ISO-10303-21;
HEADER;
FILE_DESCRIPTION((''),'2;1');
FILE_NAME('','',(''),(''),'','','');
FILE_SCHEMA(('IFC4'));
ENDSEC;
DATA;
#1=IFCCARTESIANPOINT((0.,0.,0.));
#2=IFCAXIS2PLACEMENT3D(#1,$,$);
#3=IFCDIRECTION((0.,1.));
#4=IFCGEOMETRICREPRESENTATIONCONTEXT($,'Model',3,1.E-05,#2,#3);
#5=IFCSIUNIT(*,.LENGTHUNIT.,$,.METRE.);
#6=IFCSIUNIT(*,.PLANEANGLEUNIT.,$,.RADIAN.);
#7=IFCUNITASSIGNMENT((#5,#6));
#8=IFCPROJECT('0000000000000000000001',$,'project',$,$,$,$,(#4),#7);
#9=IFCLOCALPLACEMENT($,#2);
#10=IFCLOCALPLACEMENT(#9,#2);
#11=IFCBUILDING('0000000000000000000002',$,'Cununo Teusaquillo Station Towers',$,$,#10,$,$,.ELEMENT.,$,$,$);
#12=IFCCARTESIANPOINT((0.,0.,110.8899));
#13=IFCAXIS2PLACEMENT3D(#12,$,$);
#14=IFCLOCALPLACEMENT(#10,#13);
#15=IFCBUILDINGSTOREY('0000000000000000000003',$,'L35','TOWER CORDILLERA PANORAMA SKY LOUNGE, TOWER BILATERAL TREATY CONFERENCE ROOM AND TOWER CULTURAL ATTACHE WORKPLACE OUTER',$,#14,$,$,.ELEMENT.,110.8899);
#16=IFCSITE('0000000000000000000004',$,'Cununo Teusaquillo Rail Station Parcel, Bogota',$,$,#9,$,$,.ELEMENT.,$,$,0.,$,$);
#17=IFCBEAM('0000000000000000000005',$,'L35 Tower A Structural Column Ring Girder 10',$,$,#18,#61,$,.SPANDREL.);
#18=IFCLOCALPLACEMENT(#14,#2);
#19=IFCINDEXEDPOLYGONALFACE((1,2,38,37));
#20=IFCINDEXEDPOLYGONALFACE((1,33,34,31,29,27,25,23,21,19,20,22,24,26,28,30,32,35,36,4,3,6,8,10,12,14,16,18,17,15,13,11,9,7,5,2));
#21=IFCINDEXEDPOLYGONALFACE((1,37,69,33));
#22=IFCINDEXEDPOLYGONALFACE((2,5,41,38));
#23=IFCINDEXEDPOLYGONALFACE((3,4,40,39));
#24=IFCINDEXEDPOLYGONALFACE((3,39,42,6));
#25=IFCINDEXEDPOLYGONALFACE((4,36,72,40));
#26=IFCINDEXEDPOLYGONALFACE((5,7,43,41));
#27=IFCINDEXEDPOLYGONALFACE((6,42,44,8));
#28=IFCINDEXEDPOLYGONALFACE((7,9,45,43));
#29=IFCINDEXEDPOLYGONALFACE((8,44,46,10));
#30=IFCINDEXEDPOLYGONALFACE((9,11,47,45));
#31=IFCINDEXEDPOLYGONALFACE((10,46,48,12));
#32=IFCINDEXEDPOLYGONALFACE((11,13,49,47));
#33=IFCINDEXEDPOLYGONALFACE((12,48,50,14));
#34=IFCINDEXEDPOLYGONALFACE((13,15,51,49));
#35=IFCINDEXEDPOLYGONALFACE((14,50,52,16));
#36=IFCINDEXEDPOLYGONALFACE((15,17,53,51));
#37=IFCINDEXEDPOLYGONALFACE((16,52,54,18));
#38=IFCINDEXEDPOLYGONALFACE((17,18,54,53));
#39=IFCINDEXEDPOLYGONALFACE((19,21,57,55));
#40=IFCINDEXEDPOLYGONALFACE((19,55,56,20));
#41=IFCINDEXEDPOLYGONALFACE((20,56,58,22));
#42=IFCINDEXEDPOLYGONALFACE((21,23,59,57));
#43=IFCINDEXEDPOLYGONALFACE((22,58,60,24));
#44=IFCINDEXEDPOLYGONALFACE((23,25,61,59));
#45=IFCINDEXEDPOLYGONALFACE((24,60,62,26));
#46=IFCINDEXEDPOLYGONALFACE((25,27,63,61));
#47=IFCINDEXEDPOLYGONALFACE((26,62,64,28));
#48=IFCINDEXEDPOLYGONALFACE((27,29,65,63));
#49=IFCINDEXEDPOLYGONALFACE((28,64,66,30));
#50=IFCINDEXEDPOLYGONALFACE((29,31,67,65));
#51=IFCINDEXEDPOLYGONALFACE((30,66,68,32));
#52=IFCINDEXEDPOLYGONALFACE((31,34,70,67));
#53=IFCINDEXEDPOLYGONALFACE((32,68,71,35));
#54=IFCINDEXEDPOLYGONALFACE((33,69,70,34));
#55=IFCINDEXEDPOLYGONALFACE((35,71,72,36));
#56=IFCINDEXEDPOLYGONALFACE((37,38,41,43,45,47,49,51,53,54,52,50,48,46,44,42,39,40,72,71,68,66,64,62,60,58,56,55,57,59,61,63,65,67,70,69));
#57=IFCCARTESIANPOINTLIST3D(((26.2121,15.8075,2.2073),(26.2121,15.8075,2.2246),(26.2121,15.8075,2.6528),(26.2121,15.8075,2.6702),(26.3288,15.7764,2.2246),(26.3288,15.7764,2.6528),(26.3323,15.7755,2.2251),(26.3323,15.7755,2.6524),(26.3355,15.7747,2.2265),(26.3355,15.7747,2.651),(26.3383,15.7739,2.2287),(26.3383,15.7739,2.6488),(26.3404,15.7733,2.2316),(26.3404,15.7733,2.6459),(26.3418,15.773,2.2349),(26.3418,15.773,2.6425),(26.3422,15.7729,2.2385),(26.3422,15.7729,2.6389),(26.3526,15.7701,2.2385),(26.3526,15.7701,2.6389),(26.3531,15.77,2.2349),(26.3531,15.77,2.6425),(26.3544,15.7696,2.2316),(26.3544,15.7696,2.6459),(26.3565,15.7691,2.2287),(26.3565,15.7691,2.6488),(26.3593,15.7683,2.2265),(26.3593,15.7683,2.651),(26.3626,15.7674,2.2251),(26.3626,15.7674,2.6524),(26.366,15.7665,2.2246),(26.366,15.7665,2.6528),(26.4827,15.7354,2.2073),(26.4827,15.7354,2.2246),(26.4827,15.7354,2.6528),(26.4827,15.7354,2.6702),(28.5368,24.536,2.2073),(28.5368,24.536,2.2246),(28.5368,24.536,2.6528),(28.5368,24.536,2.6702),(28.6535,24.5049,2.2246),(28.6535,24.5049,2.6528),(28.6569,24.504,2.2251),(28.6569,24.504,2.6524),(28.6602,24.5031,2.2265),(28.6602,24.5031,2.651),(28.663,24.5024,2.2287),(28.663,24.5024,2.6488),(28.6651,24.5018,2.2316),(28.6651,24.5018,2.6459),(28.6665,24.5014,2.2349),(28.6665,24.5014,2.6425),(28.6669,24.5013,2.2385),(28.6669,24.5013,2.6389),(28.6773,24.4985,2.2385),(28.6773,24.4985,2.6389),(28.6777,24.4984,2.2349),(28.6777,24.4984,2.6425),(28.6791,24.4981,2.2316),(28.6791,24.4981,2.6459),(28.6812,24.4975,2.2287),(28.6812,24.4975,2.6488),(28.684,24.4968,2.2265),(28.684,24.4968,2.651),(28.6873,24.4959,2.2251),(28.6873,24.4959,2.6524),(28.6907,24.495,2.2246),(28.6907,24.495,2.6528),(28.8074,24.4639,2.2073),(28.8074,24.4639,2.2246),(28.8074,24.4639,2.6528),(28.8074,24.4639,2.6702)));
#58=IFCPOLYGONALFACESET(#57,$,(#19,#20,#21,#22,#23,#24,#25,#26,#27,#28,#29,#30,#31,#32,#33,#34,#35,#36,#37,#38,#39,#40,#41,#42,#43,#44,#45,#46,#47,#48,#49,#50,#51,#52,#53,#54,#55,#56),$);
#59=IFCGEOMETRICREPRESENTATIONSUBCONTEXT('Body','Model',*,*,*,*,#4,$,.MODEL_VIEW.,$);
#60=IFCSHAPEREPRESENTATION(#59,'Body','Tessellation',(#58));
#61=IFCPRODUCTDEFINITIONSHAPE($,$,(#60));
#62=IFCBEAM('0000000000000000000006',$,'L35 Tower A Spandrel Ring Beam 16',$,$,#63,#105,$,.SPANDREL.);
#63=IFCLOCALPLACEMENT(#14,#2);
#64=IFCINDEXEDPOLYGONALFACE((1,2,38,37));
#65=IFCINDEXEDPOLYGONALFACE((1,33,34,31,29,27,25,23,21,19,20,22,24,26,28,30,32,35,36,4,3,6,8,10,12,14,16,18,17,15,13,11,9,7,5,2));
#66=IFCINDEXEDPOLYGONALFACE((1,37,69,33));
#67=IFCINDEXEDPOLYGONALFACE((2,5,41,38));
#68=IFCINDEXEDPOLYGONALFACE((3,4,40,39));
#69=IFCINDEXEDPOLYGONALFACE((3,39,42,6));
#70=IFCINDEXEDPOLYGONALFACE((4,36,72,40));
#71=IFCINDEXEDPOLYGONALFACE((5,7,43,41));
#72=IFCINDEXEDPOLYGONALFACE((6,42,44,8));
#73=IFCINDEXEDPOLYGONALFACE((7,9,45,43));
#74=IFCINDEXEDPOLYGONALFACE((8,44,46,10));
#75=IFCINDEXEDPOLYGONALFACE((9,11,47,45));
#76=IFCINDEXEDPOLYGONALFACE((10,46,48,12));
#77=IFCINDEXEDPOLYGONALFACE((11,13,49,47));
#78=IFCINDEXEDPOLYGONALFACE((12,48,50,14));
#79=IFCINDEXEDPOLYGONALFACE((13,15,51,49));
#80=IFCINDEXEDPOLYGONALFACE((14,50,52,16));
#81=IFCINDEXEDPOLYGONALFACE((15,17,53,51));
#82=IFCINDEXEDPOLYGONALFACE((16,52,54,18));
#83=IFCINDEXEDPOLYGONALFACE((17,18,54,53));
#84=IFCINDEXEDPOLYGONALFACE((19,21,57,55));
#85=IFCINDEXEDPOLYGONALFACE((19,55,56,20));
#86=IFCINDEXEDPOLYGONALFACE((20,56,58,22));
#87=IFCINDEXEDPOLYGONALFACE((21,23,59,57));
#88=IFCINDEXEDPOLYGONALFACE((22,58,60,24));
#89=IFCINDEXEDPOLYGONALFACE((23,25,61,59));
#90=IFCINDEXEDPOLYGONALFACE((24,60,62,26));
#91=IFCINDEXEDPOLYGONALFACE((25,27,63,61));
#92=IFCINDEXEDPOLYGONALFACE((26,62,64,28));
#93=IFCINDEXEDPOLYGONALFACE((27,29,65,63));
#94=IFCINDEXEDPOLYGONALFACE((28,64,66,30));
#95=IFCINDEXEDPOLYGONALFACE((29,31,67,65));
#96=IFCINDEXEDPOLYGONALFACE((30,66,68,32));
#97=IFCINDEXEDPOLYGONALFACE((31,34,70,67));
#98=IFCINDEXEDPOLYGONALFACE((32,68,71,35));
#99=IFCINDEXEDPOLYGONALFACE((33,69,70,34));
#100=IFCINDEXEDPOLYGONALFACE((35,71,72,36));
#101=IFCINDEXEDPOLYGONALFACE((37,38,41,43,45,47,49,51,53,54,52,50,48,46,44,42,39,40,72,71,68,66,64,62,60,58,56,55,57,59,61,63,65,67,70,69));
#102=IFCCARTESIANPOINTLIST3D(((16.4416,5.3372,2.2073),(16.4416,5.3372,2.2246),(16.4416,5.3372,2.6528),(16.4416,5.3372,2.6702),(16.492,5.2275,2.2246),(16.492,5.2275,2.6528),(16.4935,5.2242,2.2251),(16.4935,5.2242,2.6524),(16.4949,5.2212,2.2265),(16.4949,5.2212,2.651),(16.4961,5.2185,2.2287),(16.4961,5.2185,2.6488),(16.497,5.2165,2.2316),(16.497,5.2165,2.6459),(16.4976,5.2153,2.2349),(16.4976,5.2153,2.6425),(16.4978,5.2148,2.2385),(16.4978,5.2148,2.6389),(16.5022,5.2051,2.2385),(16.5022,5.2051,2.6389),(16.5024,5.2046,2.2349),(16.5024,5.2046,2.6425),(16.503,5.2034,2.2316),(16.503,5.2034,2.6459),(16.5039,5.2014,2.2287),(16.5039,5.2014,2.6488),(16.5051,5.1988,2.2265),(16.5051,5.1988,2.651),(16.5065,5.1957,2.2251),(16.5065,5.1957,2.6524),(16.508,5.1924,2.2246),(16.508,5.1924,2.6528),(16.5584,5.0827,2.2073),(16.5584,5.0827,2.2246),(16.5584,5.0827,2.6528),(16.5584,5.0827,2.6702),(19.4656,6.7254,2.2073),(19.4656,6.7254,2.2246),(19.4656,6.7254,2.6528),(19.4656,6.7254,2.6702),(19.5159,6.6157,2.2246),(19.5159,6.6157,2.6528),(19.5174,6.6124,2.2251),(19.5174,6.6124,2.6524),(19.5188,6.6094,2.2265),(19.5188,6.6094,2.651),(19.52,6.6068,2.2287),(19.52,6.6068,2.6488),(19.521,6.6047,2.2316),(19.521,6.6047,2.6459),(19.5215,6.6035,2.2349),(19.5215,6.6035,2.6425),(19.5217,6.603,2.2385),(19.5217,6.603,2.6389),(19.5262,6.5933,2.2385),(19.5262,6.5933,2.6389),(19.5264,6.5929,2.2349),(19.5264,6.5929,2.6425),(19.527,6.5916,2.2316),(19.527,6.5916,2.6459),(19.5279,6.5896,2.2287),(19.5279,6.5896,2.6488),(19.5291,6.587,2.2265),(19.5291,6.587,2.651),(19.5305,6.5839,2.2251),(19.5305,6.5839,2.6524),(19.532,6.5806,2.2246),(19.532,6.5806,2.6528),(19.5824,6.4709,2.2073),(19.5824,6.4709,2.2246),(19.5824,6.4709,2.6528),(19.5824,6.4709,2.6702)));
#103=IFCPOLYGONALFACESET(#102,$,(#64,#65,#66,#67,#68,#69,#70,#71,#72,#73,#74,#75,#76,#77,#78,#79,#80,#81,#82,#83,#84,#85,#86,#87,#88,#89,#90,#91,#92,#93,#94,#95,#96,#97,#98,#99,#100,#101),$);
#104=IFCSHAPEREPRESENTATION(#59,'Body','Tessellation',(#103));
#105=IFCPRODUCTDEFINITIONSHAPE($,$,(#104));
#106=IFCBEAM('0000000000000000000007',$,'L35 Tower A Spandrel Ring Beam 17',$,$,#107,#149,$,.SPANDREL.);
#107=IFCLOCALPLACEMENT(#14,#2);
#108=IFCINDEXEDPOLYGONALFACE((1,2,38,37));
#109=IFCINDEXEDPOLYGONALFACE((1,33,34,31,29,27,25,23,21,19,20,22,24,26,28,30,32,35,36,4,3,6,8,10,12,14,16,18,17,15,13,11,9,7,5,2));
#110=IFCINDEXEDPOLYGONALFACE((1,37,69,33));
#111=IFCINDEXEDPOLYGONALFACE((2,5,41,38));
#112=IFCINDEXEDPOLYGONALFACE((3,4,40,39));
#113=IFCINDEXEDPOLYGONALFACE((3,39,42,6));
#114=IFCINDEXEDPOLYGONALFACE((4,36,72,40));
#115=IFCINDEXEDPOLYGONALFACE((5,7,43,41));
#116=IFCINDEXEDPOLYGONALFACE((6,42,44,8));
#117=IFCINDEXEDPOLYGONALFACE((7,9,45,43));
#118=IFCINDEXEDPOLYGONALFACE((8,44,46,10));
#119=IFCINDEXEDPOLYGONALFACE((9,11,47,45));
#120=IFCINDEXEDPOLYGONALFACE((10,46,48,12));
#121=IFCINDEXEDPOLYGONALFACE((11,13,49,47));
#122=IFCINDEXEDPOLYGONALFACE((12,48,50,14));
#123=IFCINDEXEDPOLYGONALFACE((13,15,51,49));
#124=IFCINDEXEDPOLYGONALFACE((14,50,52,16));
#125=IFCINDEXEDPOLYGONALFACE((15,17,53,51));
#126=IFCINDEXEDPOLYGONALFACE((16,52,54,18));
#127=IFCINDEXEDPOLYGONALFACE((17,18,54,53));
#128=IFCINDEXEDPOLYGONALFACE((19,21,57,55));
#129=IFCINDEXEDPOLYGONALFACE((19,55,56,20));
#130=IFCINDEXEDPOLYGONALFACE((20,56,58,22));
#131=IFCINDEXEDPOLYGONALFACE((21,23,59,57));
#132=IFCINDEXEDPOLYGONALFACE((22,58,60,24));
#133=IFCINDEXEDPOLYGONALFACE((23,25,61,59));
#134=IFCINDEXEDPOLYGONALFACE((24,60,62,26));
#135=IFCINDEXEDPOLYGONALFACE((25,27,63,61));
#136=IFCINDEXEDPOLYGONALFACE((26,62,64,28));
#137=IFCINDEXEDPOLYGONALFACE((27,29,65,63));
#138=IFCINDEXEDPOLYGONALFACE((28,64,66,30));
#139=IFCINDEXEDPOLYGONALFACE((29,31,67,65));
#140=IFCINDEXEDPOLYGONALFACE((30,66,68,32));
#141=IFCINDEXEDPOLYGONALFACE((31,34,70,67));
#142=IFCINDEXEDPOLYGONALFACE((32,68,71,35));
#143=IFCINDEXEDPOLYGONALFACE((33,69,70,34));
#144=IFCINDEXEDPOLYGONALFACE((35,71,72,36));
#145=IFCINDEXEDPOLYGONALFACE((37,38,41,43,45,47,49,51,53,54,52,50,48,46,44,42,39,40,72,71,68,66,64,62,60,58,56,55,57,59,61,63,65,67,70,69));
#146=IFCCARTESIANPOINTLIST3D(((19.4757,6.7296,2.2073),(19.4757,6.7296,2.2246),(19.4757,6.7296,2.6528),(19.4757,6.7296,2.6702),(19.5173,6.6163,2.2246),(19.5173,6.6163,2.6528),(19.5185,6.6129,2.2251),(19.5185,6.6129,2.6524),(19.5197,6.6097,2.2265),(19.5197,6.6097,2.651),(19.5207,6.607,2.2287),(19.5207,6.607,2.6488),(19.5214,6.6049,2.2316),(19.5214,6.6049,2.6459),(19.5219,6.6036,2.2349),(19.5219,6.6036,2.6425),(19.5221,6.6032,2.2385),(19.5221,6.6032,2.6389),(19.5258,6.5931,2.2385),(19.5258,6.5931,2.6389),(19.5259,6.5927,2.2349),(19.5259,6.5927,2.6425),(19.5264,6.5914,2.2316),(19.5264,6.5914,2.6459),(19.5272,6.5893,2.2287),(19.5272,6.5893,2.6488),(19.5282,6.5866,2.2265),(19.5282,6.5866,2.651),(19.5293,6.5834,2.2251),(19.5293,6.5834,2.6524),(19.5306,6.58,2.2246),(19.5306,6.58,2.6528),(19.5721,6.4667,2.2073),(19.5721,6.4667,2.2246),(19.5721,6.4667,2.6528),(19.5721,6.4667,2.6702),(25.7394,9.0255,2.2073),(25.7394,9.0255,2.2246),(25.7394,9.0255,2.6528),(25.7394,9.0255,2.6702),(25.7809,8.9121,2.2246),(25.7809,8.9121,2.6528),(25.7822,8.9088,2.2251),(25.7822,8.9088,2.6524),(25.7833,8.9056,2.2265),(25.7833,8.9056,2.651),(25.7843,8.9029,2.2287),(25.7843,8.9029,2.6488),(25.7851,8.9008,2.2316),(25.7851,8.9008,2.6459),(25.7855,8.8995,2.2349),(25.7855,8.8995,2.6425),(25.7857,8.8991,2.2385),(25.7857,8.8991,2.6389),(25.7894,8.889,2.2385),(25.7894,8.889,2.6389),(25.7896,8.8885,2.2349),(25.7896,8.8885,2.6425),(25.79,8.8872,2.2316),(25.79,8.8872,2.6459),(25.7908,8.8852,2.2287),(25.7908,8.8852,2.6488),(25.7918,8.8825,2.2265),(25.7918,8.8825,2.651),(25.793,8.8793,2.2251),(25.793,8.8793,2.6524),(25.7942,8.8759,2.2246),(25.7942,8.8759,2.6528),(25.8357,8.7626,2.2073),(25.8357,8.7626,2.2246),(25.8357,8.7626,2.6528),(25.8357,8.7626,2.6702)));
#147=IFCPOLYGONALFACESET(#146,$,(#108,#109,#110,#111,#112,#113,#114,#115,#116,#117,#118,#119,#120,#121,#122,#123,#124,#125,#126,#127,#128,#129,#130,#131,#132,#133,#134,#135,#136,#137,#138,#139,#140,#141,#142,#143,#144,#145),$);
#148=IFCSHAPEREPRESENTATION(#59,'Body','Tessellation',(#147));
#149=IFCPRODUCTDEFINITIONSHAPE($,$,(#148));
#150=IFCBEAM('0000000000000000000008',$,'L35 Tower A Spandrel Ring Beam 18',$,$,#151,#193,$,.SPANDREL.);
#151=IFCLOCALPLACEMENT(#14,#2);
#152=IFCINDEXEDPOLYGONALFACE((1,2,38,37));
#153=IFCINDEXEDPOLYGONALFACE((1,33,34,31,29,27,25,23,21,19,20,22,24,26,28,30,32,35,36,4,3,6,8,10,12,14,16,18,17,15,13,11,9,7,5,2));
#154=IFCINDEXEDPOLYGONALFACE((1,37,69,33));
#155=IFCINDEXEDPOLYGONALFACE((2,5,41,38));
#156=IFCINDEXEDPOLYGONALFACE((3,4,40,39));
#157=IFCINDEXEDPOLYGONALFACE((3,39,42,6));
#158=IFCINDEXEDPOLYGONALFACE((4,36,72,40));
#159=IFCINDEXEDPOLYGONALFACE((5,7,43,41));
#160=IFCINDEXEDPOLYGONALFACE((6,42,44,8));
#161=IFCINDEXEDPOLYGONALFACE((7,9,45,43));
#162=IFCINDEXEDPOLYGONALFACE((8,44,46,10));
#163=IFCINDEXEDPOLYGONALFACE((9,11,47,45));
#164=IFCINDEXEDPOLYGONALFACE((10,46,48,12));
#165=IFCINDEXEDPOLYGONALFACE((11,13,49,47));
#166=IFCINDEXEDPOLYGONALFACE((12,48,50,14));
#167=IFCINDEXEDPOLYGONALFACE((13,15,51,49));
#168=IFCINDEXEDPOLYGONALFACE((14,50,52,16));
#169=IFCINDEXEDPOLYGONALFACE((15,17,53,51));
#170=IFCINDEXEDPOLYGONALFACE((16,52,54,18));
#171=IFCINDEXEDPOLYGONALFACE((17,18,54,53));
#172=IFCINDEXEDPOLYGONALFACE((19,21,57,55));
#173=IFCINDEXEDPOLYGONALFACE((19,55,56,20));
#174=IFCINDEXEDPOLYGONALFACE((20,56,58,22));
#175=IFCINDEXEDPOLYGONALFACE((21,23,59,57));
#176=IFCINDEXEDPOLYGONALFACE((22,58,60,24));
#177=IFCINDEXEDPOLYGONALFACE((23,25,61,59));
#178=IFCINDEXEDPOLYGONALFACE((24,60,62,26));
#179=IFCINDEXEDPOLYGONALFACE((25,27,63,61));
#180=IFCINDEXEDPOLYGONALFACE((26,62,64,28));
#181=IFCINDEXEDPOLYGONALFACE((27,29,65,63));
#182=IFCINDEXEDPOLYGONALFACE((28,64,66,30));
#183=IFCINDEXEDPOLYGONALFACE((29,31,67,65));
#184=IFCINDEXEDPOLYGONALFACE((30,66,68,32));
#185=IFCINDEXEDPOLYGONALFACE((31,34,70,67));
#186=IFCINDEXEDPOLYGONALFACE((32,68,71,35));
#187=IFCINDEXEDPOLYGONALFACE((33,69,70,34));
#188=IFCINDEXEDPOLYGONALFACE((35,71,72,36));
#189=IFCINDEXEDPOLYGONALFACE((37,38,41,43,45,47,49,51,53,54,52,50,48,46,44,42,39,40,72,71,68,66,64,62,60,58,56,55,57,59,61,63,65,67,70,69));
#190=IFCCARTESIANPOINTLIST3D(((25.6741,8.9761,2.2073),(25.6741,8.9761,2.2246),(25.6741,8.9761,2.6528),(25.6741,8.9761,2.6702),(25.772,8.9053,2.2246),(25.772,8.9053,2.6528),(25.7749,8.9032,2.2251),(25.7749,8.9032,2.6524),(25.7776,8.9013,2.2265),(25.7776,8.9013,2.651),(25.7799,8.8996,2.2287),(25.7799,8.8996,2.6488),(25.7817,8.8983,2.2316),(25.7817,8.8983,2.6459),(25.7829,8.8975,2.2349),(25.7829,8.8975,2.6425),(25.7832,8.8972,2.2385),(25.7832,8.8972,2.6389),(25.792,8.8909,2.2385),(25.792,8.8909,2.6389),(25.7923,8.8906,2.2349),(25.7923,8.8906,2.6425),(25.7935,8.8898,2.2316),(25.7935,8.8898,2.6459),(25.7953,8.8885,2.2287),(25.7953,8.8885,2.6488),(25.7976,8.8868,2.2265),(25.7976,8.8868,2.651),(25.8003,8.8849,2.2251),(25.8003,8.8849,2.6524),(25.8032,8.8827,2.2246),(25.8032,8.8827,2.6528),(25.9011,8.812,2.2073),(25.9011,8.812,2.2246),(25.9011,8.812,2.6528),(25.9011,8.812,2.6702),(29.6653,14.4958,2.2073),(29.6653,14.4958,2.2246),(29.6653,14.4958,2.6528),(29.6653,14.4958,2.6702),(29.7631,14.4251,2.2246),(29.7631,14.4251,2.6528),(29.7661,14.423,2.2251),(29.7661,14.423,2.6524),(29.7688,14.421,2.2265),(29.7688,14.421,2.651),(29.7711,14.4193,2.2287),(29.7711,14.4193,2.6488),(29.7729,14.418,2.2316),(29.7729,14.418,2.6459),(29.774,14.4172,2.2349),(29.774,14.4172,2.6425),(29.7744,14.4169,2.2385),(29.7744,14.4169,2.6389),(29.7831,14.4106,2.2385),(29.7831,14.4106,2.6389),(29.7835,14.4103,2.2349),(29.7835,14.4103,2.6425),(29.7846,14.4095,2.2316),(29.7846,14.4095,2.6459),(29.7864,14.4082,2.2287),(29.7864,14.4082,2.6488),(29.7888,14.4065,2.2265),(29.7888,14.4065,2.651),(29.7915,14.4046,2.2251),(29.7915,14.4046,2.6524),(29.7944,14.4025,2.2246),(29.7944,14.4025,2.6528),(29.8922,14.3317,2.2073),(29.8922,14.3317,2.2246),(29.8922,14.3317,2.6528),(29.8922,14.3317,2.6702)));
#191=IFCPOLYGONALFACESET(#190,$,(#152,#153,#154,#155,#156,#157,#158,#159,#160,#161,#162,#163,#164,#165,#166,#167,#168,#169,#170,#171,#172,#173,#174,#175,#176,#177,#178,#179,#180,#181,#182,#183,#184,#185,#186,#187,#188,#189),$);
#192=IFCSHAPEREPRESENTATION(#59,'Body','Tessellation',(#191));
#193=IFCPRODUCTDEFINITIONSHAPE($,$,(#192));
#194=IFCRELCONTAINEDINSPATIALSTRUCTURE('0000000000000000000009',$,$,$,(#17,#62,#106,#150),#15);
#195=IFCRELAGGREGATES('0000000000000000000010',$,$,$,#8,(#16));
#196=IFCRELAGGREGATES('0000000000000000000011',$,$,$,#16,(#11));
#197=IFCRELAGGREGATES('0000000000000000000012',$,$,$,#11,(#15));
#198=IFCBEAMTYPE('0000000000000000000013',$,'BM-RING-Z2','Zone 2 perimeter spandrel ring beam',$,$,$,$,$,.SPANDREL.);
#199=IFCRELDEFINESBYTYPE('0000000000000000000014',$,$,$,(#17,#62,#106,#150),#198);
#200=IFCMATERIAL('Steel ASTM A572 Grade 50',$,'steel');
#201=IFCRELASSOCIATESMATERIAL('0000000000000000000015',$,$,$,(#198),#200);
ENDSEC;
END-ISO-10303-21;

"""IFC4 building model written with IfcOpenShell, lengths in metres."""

from ifc_helpers import new_model, si_unit, direction, frame, origin, origin_2d, place, context, subcontext, project, spatial, i_section, extrude, material, material_profile, profile_set, type_object, element, save


model = new_model("IFC4")

# Units and contexts
model_context = context("Model", 3, precision=1e-05, world=origin(), true_north=direction((0.0, 1.0)))
body_context = subcontext(model_context, "Body", "Model", "MODEL_VIEW")
ifc_project = project(units=[si_unit("LENGTHUNIT", "METRE"), si_unit("PLANEANGLEUNIT", "RADIAN")], contexts=[model_context])

# Site, building, storey
site_placement = place(None, origin())
site = spatial("IfcSite", under=ifc_project, at=site_placement, Name="Cununo Teusaquillo Rail Station Parcel, Bogota", CompositionType="ELEMENT", RefElevation=0.0)
building_placement = place(site_placement, origin())
building = spatial("IfcBuilding", under=site, at=building_placement, Name="Cununo Teusaquillo Station Towers", CompositionType="ELEMENT")
storey_placement = place(building_placement, frame((0.0, 0.0, 110.8899)))
storey = spatial("IfcBuildingStorey", under=building, at=storey_placement, Name="L35", Description="TOWER CORDILLERA PANORAMA SKY LOUNGE, TOWER BILATERAL TREATY CONFERENCE ROOM AND TOWER CULTURAL ATTACHE WORKPLACE OUTER", CompositionType="ELEMENT", Elevation=110.8899)

# Beams
ifc_material_1 = material(Name="Steel ASTM A572 Grade 50", Category="steel")
ifc_material_profile_1 = material_profile(ifc_material_1, i_section(OverallWidth=0.28, OverallDepth=0.4629, WebThickness=0.0107, FlangeThickness=0.0173, FilletRadius=0.0139, at=origin_2d()), Name="W18X76")
ifc_profile_set_1 = profile_set([ifc_material_profile_1], Name="Steel ASTM A572 Grade 50")
beam_type_1 = type_object("IfcBeamType", Name="BM-RING-Z2", Description="Zone 2 perimeter spandrel ring beam", PredefinedType="SPANDREL", material=ifc_profile_set_1)
beam_1_placement = place(storey_placement, frame((26.3474, 15.7715, 2.4387), z_axis=(0.257363, 0.966315, 0.0), x_axis=(-0.966315, 0.257363, 0.0)))
element("IfcBeam", 1, at=beam_1_placement, inside=storey, type_object=beam_type_1, Name="L35 Tower A Structural Column Ring Girder 10", PredefinedType="SPANDREL", context=body_context, shape_type="SweptSolid", body=[
    extrude(i_section(OverallWidth=0.28, OverallDepth=0.4629, WebThickness=0.0107, FlangeThickness=0.0173, FilletRadius=0.0139, at=origin_2d()), origin(), (0.0, 0.0, 1.0), 9.0327),
])
beam_2_placement = place(storey_placement, frame((16.5, 5.21, 2.4387), z_axis=(0.908812, 0.417205, 0.0), x_axis=(-0.417205, 0.908812, 0.0)))
element("IfcBeam", 2, at=beam_2_placement, inside=storey, type_object=beam_type_1, Name="L35 Tower A Spandrel Ring Beam 16", PredefinedType="SPANDREL", context=body_context, shape_type="SweptSolid", body=[
    extrude(i_section(OverallWidth=0.28, OverallDepth=0.4629, WebThickness=0.0107, FlangeThickness=0.0173, FilletRadius=0.0139, at=origin_2d()), origin(), (0.0, 0.0, 1.0), 3.3274),
])
beam_3_placement = place(storey_placement, frame((19.5239, 6.5981, 2.4387), z_axis=(0.938914, 0.344151, 0.0), x_axis=(-0.344151, 0.938914, 0.0)))
element("IfcBeam", 3, at=beam_3_placement, inside=storey, type_object=beam_type_1, Name="L35 Tower A Spandrel Ring Beam 17", PredefinedType="SPANDREL", context=body_context, shape_type="SweptSolid", body=[
    extrude(i_section(OverallWidth=0.28, OverallDepth=0.4629, WebThickness=0.0107, FlangeThickness=0.0173, FilletRadius=0.0139, at=origin_2d()), origin(), (0.0, 0.0, 1.0), 6.6711),
])
beam_4_placement = place(storey_placement, frame((25.7876, 8.894, 2.4387), z_axis=(0.585945, 0.810351, 0.0), x_axis=(-0.810351, 0.585945, 0.0)))
element("IfcBeam", 4, at=beam_4_placement, inside=storey, type_object=beam_type_1, Name="L35 Tower A Spandrel Ring Beam 18", PredefinedType="SPANDREL", context=body_context, shape_type="SweptSolid", body=[
    extrude(i_section(OverallWidth=0.28, OverallDepth=0.4629, WebThickness=0.0107, FlangeThickness=0.0173, FilletRadius=0.0139, at=origin_2d()), origin(), (0.0, 0.0, 1.0), 6.8115),
])

save(model, "model.ifc")
